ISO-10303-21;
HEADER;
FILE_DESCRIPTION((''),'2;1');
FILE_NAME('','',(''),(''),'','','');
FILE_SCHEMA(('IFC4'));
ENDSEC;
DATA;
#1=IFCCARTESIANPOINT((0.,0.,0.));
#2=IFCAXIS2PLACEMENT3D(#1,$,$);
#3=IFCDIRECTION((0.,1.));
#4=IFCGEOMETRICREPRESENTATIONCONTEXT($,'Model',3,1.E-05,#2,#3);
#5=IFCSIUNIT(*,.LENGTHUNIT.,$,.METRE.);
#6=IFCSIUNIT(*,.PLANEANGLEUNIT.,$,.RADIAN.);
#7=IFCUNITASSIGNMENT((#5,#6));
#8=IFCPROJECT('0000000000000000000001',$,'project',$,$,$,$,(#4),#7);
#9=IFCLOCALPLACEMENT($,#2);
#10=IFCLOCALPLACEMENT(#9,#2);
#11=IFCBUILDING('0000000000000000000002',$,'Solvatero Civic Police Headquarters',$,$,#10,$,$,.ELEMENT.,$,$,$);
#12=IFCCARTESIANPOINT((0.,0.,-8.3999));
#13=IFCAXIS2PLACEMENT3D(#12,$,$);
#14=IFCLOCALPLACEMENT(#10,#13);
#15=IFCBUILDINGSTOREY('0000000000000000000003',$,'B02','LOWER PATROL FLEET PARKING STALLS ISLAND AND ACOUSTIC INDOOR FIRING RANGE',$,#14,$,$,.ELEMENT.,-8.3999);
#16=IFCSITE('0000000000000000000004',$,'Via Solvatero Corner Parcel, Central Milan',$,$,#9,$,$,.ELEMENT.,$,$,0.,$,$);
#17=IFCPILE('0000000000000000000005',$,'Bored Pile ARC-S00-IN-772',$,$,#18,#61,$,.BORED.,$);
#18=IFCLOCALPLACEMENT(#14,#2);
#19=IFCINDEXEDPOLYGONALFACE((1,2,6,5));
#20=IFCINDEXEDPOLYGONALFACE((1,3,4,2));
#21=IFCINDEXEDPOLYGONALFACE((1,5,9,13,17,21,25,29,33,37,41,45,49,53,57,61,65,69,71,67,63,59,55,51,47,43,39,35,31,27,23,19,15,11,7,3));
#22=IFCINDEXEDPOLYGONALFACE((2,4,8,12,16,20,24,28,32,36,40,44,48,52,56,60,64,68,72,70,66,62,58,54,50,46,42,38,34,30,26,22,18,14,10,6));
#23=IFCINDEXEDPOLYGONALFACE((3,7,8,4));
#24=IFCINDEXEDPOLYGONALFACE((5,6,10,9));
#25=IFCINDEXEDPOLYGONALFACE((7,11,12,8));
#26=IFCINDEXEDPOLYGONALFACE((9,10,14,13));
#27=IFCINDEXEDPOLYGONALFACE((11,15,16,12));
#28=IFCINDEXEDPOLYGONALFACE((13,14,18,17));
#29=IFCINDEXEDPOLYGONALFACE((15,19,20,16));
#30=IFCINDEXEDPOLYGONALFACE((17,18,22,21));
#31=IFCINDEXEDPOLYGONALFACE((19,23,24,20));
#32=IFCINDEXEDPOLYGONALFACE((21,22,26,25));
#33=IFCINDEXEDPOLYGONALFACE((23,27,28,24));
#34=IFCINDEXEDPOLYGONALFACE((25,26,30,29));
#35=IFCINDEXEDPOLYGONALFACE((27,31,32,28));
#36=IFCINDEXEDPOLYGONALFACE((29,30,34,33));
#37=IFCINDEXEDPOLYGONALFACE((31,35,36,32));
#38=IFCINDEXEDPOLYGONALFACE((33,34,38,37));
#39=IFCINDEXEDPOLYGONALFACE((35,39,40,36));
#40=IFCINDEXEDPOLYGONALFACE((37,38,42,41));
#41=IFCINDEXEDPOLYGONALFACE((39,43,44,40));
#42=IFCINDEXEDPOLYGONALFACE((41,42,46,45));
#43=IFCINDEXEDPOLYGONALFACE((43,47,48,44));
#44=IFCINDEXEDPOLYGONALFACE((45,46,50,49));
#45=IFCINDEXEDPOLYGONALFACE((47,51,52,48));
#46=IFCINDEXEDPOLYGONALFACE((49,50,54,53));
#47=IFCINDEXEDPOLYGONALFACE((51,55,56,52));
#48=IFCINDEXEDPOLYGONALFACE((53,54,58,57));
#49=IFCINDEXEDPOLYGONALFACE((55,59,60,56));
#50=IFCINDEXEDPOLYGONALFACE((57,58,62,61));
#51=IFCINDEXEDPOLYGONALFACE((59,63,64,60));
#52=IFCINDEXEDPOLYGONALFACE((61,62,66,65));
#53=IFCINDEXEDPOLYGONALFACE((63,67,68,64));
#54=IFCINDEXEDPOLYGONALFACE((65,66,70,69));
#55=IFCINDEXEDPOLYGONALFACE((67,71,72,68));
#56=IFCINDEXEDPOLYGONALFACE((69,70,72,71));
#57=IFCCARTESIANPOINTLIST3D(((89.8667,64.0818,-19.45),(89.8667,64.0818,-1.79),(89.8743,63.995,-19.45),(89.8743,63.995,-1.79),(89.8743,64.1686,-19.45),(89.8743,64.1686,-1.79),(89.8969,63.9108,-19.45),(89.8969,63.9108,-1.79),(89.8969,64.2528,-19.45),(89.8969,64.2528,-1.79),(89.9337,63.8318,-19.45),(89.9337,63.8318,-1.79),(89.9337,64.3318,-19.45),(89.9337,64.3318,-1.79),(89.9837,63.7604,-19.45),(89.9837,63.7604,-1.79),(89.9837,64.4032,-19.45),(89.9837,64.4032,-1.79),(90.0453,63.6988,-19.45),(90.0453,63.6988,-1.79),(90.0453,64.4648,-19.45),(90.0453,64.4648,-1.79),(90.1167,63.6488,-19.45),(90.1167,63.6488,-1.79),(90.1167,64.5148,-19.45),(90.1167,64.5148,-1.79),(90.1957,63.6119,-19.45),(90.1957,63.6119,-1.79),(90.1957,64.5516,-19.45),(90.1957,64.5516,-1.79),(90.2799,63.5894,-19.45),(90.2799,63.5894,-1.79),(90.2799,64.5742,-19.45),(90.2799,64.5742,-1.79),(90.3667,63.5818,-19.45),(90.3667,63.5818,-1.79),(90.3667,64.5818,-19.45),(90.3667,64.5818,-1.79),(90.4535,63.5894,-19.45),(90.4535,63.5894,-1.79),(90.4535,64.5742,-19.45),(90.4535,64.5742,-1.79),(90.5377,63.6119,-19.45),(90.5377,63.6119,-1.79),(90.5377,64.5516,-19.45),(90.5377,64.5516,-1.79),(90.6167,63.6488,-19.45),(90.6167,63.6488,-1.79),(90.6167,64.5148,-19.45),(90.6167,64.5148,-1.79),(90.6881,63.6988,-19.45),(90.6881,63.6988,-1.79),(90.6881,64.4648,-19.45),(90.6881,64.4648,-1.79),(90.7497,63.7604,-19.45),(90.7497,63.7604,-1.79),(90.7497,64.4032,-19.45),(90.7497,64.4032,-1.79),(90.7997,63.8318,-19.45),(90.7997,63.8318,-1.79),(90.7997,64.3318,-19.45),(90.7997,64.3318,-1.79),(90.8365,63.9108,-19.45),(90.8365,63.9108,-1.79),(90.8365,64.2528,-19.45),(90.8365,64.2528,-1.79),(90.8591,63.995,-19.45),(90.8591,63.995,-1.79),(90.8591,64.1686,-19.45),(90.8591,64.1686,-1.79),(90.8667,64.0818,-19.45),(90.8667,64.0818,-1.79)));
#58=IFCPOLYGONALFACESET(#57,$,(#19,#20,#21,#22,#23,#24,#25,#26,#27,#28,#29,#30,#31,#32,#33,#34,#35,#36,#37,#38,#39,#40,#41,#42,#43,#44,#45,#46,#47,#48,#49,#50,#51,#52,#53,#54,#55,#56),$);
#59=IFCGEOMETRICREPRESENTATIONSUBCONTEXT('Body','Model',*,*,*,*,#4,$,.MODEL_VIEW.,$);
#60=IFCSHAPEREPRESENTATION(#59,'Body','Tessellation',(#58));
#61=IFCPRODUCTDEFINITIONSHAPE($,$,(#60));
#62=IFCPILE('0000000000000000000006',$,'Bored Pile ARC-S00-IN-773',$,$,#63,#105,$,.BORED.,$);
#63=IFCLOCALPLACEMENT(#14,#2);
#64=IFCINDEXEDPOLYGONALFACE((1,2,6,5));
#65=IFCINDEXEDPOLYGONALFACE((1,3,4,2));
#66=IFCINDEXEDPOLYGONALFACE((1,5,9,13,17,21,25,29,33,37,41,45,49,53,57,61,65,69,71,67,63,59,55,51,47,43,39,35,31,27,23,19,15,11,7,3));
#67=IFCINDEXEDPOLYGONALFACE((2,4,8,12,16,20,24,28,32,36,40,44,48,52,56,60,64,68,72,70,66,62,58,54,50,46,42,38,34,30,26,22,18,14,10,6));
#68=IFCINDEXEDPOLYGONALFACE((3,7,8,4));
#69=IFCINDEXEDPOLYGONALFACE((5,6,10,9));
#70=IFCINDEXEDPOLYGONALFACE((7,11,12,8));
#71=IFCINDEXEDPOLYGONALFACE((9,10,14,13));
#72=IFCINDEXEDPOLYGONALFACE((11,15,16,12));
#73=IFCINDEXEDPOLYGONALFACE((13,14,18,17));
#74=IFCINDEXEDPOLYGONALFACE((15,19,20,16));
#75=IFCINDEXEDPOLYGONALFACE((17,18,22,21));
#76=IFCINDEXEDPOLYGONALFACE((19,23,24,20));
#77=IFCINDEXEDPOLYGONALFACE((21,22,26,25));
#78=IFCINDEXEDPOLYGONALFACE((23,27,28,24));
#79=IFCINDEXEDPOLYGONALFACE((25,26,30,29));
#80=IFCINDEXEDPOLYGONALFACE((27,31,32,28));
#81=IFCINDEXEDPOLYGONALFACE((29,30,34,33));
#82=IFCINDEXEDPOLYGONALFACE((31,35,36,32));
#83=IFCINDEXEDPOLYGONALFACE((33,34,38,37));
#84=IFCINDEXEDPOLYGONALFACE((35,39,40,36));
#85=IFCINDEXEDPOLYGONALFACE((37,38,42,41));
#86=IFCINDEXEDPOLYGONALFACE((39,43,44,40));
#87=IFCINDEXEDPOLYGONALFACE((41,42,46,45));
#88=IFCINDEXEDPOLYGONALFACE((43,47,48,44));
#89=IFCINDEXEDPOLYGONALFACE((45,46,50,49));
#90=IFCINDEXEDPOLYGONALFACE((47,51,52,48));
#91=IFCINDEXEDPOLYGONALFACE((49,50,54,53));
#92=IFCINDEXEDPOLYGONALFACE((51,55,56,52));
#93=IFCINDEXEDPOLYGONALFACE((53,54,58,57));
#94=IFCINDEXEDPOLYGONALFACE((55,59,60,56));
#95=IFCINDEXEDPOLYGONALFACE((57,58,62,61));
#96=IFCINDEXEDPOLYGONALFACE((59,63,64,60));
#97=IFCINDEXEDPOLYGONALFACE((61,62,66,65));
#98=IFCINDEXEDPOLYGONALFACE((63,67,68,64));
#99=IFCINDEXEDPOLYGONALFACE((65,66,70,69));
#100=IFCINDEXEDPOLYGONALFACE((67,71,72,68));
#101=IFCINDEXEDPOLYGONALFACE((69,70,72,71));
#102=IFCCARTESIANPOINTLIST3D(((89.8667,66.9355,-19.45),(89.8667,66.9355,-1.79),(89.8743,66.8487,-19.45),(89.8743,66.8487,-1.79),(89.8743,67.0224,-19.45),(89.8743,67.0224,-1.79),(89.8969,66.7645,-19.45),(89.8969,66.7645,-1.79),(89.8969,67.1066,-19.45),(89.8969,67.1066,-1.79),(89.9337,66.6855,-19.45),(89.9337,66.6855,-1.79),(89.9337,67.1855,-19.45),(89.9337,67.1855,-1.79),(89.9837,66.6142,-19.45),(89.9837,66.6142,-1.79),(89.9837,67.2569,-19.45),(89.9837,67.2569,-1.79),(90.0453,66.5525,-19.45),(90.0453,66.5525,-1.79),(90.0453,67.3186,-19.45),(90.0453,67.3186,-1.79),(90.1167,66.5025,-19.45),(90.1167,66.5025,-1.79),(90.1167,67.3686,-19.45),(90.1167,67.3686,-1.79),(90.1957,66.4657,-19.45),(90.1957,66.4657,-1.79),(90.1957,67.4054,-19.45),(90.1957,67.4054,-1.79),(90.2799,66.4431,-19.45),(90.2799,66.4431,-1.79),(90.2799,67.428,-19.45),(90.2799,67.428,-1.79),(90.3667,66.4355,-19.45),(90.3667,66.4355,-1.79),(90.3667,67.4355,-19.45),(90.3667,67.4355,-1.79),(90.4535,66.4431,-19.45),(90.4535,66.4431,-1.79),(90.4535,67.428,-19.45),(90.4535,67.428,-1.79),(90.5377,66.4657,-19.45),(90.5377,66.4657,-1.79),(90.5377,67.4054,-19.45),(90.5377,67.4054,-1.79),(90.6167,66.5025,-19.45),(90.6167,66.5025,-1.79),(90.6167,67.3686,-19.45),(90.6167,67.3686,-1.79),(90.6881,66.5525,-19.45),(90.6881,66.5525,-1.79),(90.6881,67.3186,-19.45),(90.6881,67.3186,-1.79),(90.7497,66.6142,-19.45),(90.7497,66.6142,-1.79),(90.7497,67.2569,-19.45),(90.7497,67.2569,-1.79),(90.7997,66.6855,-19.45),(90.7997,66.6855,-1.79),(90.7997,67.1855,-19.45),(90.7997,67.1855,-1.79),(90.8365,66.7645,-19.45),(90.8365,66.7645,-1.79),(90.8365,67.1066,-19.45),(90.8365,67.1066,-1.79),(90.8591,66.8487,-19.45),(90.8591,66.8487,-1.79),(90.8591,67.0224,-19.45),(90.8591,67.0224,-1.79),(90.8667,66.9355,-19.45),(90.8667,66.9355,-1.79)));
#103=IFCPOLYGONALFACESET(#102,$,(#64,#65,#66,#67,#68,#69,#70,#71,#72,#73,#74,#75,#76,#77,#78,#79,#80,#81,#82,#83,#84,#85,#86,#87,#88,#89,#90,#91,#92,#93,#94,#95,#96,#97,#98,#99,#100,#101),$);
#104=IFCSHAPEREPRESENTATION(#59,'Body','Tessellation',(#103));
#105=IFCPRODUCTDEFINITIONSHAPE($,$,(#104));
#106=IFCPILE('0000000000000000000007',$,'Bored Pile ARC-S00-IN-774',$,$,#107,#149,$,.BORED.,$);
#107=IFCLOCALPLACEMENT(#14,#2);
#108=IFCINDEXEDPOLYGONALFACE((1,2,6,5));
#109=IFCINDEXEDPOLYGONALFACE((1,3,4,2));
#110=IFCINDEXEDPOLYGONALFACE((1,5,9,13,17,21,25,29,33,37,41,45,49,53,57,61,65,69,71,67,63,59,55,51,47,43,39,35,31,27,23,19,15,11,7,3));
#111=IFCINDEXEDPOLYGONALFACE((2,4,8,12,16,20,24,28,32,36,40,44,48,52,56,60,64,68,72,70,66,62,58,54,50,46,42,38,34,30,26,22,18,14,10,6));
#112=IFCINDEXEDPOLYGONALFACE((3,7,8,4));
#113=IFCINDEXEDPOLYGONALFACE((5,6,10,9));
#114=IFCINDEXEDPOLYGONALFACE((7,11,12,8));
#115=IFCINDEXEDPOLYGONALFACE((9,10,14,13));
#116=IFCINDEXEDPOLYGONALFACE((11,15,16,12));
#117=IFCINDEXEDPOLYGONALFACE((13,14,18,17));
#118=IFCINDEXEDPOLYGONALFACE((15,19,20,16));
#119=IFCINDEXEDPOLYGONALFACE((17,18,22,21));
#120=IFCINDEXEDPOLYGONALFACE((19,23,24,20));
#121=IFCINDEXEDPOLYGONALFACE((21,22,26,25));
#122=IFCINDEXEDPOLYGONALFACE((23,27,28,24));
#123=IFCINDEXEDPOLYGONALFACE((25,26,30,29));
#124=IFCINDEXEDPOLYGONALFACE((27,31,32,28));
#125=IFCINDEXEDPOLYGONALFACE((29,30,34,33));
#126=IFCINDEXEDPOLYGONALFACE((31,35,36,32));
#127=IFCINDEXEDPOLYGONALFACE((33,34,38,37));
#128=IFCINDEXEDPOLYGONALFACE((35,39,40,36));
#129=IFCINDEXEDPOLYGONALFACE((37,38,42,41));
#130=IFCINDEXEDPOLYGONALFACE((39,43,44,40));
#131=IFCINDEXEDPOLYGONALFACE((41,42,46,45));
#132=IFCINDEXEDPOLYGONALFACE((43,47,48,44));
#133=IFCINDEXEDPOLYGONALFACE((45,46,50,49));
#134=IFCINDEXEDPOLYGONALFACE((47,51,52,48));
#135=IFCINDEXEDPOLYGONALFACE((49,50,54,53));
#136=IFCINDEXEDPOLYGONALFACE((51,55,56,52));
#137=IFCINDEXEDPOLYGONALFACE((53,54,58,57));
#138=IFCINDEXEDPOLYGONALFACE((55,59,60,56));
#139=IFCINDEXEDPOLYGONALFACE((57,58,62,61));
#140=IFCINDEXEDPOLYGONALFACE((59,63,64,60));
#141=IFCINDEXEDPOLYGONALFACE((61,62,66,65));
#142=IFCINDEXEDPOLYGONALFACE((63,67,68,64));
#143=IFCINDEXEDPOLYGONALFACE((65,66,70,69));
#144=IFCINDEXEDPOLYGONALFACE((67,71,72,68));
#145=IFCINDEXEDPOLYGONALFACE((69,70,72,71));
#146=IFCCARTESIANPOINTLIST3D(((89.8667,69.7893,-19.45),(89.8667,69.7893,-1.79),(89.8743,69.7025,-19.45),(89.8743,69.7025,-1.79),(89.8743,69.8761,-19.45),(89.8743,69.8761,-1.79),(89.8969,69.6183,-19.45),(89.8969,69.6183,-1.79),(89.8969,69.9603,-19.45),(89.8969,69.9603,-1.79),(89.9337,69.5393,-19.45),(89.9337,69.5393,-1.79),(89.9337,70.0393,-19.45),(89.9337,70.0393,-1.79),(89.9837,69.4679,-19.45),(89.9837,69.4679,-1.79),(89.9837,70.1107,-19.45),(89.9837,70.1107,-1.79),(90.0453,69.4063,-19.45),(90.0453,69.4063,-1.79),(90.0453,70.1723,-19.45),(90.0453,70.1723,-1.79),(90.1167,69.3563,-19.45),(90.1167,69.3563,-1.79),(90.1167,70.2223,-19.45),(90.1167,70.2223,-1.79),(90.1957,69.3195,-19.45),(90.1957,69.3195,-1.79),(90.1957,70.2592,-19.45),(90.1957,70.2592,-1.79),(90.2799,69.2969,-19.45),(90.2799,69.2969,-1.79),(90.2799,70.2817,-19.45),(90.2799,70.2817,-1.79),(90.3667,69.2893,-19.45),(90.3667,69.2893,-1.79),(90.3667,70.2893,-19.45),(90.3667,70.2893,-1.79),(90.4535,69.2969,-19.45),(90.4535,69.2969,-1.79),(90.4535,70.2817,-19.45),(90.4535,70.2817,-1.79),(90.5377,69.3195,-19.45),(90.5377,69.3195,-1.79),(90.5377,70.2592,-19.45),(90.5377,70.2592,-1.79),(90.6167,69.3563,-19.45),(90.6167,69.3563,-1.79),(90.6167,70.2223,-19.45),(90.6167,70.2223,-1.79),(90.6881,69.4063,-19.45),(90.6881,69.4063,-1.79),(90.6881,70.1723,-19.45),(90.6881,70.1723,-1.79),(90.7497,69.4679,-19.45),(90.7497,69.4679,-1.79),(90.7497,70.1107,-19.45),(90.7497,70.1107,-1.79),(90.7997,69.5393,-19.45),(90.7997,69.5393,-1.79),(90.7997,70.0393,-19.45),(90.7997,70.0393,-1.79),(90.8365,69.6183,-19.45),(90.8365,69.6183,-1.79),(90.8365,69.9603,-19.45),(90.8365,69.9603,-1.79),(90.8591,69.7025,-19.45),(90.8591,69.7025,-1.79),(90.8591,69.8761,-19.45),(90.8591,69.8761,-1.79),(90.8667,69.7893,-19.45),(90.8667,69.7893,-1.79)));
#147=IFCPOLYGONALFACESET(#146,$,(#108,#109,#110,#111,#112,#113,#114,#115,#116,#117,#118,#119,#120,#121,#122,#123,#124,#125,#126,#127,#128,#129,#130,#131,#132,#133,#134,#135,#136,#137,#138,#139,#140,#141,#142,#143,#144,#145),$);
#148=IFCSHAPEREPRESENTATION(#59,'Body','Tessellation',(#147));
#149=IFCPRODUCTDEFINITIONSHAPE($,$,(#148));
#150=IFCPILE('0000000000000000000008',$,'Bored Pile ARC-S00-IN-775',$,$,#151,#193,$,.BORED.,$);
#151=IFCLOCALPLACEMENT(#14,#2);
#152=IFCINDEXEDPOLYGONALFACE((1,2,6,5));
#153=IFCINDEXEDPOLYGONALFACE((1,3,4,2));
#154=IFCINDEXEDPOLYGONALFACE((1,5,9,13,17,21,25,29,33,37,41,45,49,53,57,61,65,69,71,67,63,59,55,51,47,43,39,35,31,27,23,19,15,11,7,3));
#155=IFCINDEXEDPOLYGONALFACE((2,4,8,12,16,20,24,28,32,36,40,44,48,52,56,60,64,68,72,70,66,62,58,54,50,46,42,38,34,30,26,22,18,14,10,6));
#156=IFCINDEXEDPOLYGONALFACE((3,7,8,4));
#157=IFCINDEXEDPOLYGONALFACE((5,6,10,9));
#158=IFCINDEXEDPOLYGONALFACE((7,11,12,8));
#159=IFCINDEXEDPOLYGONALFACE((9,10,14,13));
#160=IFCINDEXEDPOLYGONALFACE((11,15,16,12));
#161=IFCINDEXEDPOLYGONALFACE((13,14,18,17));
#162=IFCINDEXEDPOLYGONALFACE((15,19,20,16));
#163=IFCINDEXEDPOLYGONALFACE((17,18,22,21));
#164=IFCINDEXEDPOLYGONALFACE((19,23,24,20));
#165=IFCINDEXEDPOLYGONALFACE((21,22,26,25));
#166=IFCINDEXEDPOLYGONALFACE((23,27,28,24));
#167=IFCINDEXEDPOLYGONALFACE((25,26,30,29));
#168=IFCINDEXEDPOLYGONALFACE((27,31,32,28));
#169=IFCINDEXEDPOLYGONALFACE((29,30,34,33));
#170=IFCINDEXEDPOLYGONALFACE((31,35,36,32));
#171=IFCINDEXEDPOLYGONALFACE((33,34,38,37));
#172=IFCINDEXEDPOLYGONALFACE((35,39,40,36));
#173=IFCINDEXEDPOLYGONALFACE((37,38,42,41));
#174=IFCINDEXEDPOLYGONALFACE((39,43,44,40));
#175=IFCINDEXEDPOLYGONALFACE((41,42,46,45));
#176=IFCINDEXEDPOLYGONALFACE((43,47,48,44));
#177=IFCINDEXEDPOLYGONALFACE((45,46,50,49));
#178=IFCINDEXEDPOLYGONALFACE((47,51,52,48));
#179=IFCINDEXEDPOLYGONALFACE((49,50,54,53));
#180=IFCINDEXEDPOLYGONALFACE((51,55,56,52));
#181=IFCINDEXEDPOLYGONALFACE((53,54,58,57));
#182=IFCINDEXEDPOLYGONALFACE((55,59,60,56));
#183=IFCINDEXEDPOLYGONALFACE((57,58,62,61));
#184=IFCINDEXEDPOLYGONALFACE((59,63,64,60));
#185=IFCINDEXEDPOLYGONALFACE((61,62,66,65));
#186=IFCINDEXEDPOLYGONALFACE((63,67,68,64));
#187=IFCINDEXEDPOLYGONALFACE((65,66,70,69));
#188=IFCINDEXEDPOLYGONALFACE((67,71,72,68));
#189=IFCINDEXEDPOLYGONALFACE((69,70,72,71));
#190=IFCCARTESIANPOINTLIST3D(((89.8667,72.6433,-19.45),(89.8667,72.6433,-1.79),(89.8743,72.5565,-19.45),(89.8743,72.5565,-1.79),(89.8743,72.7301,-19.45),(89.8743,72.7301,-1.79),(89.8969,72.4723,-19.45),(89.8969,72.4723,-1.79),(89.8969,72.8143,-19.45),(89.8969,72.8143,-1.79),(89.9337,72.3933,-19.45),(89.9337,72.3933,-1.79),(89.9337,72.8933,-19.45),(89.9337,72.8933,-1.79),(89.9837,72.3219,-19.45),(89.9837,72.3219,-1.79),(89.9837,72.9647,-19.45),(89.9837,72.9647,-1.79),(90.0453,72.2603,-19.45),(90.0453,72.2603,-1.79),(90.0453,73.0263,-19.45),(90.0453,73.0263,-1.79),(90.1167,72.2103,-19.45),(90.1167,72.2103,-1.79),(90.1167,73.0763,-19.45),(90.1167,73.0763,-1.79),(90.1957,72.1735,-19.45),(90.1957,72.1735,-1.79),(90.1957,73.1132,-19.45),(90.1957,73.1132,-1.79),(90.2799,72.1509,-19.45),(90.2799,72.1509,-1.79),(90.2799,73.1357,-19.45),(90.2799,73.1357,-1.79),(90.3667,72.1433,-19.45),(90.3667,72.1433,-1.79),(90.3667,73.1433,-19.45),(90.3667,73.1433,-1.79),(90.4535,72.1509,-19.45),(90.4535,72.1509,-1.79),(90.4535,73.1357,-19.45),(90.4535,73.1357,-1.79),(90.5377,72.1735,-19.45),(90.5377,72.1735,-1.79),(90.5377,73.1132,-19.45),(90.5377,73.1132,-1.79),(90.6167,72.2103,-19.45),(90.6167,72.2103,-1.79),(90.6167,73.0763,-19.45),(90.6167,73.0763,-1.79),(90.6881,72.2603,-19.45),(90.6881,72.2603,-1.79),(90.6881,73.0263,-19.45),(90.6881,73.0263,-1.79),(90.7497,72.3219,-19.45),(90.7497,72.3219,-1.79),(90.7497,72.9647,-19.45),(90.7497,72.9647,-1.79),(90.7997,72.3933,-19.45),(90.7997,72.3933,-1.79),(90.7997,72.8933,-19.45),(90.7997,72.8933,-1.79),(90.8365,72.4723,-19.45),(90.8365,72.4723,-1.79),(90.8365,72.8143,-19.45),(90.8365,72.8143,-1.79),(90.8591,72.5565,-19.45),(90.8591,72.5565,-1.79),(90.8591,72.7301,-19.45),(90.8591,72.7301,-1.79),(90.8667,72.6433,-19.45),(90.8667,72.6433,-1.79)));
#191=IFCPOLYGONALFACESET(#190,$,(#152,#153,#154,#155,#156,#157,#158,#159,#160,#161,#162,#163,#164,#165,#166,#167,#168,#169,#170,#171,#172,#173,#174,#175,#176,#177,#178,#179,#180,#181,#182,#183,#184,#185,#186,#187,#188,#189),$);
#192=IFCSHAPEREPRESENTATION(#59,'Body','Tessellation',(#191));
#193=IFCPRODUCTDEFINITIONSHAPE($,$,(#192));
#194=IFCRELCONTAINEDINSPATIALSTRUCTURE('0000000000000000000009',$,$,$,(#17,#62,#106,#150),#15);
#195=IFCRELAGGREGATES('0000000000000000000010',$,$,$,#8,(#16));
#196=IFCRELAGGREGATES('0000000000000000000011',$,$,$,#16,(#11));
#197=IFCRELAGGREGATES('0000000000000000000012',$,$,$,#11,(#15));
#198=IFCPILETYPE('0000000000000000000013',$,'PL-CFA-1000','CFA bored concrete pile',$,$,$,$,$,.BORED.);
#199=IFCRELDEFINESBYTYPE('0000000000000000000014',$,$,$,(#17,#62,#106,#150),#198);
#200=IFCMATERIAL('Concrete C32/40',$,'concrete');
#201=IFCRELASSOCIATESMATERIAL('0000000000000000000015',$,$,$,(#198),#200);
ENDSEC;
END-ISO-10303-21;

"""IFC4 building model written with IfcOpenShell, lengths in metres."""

from ifc_helpers import new_model, si_unit, direction, frame, origin, origin_2d, place, context, subcontext, project, spatial, circle, extrude, material, material_profile, profile_set, type_object, element, save


model = new_model("IFC4")

# Units and contexts
model_context = context("Model", 3, precision=1e-05, world=origin(), true_north=direction((0.0, 1.0)))
body_context = subcontext(model_context, "Body", "Model", "MODEL_VIEW")
ifc_project = project(units=[si_unit("LENGTHUNIT", "METRE"), si_unit("PLANEANGLEUNIT", "RADIAN")], contexts=[model_context])

# Site, building, storey
site_placement = place(None, origin())
site = spatial("IfcSite", under=ifc_project, at=site_placement, Name="Via Solvatero Corner Parcel, Central Milan", CompositionType="ELEMENT", RefElevation=0.0)
building_placement = place(site_placement, origin())
building = spatial("IfcBuilding", under=site, at=building_placement, Name="Solvatero Civic Police Headquarters", CompositionType="ELEMENT")
storey_placement = place(building_placement, frame((0.0, 0.0, -8.3999)))
storey = spatial("IfcBuildingStorey", under=building, at=storey_placement, Name="B02", Description="LOWER PATROL FLEET PARKING STALLS ISLAND AND ACOUSTIC INDOOR FIRING RANGE", CompositionType="ELEMENT", Elevation=-8.3999)

# Piles
ifc_material_1 = material(Name="Concrete C32/40", Category="concrete")
ifc_material_profile_1 = material_profile(ifc_material_1, circle(Radius=0.5, at=origin_2d()), Name="CFA PILE D1000")
ifc_profile_set_1 = profile_set([ifc_material_profile_1], Name="Concrete C32/40")
pile_type = type_object("IfcPileType", Name="PL-CFA-1000", Description="CFA bored concrete pile", PredefinedType="BORED", material=ifc_profile_set_1)
for number, where, z_axis, x_axis, name in (
    (1, (90.3667, 64.0818, -1.79), (0.0, 0.0, -1.0), (1.0, 0.0, 0.0), "Bored Pile ARC-S00-IN-772"),
    (2, (90.3667, 66.9355, -1.79), (0.0, 0.0, -1.0), (1.0, 0.0, 0.0), "Bored Pile ARC-S00-IN-773"),
    (3, (90.3667, 69.7893, -1.79), (0.0, 0.0, -1.0), (1.0, 0.0, 0.0), "Bored Pile ARC-S00-IN-774"),
    (4, (90.3667, 72.6433, -1.79), (0.0, 0.0, -1.0), (1.0, 0.0, 0.0), "Bored Pile ARC-S00-IN-775"),
):
    element("IfcPile", number, at=place(storey_placement, frame(where, z_axis=z_axis, x_axis=x_axis)), inside=storey, type_object=pile_type, Name=name, PredefinedType="BORED", context=body_context, shape_type="SweptSolid", body=[
        extrude(circle(Radius=0.5, at=origin_2d()), origin(), (0.0, 0.0, 1.0), 17.6599),
    ])

save(model, "model.ifc")
